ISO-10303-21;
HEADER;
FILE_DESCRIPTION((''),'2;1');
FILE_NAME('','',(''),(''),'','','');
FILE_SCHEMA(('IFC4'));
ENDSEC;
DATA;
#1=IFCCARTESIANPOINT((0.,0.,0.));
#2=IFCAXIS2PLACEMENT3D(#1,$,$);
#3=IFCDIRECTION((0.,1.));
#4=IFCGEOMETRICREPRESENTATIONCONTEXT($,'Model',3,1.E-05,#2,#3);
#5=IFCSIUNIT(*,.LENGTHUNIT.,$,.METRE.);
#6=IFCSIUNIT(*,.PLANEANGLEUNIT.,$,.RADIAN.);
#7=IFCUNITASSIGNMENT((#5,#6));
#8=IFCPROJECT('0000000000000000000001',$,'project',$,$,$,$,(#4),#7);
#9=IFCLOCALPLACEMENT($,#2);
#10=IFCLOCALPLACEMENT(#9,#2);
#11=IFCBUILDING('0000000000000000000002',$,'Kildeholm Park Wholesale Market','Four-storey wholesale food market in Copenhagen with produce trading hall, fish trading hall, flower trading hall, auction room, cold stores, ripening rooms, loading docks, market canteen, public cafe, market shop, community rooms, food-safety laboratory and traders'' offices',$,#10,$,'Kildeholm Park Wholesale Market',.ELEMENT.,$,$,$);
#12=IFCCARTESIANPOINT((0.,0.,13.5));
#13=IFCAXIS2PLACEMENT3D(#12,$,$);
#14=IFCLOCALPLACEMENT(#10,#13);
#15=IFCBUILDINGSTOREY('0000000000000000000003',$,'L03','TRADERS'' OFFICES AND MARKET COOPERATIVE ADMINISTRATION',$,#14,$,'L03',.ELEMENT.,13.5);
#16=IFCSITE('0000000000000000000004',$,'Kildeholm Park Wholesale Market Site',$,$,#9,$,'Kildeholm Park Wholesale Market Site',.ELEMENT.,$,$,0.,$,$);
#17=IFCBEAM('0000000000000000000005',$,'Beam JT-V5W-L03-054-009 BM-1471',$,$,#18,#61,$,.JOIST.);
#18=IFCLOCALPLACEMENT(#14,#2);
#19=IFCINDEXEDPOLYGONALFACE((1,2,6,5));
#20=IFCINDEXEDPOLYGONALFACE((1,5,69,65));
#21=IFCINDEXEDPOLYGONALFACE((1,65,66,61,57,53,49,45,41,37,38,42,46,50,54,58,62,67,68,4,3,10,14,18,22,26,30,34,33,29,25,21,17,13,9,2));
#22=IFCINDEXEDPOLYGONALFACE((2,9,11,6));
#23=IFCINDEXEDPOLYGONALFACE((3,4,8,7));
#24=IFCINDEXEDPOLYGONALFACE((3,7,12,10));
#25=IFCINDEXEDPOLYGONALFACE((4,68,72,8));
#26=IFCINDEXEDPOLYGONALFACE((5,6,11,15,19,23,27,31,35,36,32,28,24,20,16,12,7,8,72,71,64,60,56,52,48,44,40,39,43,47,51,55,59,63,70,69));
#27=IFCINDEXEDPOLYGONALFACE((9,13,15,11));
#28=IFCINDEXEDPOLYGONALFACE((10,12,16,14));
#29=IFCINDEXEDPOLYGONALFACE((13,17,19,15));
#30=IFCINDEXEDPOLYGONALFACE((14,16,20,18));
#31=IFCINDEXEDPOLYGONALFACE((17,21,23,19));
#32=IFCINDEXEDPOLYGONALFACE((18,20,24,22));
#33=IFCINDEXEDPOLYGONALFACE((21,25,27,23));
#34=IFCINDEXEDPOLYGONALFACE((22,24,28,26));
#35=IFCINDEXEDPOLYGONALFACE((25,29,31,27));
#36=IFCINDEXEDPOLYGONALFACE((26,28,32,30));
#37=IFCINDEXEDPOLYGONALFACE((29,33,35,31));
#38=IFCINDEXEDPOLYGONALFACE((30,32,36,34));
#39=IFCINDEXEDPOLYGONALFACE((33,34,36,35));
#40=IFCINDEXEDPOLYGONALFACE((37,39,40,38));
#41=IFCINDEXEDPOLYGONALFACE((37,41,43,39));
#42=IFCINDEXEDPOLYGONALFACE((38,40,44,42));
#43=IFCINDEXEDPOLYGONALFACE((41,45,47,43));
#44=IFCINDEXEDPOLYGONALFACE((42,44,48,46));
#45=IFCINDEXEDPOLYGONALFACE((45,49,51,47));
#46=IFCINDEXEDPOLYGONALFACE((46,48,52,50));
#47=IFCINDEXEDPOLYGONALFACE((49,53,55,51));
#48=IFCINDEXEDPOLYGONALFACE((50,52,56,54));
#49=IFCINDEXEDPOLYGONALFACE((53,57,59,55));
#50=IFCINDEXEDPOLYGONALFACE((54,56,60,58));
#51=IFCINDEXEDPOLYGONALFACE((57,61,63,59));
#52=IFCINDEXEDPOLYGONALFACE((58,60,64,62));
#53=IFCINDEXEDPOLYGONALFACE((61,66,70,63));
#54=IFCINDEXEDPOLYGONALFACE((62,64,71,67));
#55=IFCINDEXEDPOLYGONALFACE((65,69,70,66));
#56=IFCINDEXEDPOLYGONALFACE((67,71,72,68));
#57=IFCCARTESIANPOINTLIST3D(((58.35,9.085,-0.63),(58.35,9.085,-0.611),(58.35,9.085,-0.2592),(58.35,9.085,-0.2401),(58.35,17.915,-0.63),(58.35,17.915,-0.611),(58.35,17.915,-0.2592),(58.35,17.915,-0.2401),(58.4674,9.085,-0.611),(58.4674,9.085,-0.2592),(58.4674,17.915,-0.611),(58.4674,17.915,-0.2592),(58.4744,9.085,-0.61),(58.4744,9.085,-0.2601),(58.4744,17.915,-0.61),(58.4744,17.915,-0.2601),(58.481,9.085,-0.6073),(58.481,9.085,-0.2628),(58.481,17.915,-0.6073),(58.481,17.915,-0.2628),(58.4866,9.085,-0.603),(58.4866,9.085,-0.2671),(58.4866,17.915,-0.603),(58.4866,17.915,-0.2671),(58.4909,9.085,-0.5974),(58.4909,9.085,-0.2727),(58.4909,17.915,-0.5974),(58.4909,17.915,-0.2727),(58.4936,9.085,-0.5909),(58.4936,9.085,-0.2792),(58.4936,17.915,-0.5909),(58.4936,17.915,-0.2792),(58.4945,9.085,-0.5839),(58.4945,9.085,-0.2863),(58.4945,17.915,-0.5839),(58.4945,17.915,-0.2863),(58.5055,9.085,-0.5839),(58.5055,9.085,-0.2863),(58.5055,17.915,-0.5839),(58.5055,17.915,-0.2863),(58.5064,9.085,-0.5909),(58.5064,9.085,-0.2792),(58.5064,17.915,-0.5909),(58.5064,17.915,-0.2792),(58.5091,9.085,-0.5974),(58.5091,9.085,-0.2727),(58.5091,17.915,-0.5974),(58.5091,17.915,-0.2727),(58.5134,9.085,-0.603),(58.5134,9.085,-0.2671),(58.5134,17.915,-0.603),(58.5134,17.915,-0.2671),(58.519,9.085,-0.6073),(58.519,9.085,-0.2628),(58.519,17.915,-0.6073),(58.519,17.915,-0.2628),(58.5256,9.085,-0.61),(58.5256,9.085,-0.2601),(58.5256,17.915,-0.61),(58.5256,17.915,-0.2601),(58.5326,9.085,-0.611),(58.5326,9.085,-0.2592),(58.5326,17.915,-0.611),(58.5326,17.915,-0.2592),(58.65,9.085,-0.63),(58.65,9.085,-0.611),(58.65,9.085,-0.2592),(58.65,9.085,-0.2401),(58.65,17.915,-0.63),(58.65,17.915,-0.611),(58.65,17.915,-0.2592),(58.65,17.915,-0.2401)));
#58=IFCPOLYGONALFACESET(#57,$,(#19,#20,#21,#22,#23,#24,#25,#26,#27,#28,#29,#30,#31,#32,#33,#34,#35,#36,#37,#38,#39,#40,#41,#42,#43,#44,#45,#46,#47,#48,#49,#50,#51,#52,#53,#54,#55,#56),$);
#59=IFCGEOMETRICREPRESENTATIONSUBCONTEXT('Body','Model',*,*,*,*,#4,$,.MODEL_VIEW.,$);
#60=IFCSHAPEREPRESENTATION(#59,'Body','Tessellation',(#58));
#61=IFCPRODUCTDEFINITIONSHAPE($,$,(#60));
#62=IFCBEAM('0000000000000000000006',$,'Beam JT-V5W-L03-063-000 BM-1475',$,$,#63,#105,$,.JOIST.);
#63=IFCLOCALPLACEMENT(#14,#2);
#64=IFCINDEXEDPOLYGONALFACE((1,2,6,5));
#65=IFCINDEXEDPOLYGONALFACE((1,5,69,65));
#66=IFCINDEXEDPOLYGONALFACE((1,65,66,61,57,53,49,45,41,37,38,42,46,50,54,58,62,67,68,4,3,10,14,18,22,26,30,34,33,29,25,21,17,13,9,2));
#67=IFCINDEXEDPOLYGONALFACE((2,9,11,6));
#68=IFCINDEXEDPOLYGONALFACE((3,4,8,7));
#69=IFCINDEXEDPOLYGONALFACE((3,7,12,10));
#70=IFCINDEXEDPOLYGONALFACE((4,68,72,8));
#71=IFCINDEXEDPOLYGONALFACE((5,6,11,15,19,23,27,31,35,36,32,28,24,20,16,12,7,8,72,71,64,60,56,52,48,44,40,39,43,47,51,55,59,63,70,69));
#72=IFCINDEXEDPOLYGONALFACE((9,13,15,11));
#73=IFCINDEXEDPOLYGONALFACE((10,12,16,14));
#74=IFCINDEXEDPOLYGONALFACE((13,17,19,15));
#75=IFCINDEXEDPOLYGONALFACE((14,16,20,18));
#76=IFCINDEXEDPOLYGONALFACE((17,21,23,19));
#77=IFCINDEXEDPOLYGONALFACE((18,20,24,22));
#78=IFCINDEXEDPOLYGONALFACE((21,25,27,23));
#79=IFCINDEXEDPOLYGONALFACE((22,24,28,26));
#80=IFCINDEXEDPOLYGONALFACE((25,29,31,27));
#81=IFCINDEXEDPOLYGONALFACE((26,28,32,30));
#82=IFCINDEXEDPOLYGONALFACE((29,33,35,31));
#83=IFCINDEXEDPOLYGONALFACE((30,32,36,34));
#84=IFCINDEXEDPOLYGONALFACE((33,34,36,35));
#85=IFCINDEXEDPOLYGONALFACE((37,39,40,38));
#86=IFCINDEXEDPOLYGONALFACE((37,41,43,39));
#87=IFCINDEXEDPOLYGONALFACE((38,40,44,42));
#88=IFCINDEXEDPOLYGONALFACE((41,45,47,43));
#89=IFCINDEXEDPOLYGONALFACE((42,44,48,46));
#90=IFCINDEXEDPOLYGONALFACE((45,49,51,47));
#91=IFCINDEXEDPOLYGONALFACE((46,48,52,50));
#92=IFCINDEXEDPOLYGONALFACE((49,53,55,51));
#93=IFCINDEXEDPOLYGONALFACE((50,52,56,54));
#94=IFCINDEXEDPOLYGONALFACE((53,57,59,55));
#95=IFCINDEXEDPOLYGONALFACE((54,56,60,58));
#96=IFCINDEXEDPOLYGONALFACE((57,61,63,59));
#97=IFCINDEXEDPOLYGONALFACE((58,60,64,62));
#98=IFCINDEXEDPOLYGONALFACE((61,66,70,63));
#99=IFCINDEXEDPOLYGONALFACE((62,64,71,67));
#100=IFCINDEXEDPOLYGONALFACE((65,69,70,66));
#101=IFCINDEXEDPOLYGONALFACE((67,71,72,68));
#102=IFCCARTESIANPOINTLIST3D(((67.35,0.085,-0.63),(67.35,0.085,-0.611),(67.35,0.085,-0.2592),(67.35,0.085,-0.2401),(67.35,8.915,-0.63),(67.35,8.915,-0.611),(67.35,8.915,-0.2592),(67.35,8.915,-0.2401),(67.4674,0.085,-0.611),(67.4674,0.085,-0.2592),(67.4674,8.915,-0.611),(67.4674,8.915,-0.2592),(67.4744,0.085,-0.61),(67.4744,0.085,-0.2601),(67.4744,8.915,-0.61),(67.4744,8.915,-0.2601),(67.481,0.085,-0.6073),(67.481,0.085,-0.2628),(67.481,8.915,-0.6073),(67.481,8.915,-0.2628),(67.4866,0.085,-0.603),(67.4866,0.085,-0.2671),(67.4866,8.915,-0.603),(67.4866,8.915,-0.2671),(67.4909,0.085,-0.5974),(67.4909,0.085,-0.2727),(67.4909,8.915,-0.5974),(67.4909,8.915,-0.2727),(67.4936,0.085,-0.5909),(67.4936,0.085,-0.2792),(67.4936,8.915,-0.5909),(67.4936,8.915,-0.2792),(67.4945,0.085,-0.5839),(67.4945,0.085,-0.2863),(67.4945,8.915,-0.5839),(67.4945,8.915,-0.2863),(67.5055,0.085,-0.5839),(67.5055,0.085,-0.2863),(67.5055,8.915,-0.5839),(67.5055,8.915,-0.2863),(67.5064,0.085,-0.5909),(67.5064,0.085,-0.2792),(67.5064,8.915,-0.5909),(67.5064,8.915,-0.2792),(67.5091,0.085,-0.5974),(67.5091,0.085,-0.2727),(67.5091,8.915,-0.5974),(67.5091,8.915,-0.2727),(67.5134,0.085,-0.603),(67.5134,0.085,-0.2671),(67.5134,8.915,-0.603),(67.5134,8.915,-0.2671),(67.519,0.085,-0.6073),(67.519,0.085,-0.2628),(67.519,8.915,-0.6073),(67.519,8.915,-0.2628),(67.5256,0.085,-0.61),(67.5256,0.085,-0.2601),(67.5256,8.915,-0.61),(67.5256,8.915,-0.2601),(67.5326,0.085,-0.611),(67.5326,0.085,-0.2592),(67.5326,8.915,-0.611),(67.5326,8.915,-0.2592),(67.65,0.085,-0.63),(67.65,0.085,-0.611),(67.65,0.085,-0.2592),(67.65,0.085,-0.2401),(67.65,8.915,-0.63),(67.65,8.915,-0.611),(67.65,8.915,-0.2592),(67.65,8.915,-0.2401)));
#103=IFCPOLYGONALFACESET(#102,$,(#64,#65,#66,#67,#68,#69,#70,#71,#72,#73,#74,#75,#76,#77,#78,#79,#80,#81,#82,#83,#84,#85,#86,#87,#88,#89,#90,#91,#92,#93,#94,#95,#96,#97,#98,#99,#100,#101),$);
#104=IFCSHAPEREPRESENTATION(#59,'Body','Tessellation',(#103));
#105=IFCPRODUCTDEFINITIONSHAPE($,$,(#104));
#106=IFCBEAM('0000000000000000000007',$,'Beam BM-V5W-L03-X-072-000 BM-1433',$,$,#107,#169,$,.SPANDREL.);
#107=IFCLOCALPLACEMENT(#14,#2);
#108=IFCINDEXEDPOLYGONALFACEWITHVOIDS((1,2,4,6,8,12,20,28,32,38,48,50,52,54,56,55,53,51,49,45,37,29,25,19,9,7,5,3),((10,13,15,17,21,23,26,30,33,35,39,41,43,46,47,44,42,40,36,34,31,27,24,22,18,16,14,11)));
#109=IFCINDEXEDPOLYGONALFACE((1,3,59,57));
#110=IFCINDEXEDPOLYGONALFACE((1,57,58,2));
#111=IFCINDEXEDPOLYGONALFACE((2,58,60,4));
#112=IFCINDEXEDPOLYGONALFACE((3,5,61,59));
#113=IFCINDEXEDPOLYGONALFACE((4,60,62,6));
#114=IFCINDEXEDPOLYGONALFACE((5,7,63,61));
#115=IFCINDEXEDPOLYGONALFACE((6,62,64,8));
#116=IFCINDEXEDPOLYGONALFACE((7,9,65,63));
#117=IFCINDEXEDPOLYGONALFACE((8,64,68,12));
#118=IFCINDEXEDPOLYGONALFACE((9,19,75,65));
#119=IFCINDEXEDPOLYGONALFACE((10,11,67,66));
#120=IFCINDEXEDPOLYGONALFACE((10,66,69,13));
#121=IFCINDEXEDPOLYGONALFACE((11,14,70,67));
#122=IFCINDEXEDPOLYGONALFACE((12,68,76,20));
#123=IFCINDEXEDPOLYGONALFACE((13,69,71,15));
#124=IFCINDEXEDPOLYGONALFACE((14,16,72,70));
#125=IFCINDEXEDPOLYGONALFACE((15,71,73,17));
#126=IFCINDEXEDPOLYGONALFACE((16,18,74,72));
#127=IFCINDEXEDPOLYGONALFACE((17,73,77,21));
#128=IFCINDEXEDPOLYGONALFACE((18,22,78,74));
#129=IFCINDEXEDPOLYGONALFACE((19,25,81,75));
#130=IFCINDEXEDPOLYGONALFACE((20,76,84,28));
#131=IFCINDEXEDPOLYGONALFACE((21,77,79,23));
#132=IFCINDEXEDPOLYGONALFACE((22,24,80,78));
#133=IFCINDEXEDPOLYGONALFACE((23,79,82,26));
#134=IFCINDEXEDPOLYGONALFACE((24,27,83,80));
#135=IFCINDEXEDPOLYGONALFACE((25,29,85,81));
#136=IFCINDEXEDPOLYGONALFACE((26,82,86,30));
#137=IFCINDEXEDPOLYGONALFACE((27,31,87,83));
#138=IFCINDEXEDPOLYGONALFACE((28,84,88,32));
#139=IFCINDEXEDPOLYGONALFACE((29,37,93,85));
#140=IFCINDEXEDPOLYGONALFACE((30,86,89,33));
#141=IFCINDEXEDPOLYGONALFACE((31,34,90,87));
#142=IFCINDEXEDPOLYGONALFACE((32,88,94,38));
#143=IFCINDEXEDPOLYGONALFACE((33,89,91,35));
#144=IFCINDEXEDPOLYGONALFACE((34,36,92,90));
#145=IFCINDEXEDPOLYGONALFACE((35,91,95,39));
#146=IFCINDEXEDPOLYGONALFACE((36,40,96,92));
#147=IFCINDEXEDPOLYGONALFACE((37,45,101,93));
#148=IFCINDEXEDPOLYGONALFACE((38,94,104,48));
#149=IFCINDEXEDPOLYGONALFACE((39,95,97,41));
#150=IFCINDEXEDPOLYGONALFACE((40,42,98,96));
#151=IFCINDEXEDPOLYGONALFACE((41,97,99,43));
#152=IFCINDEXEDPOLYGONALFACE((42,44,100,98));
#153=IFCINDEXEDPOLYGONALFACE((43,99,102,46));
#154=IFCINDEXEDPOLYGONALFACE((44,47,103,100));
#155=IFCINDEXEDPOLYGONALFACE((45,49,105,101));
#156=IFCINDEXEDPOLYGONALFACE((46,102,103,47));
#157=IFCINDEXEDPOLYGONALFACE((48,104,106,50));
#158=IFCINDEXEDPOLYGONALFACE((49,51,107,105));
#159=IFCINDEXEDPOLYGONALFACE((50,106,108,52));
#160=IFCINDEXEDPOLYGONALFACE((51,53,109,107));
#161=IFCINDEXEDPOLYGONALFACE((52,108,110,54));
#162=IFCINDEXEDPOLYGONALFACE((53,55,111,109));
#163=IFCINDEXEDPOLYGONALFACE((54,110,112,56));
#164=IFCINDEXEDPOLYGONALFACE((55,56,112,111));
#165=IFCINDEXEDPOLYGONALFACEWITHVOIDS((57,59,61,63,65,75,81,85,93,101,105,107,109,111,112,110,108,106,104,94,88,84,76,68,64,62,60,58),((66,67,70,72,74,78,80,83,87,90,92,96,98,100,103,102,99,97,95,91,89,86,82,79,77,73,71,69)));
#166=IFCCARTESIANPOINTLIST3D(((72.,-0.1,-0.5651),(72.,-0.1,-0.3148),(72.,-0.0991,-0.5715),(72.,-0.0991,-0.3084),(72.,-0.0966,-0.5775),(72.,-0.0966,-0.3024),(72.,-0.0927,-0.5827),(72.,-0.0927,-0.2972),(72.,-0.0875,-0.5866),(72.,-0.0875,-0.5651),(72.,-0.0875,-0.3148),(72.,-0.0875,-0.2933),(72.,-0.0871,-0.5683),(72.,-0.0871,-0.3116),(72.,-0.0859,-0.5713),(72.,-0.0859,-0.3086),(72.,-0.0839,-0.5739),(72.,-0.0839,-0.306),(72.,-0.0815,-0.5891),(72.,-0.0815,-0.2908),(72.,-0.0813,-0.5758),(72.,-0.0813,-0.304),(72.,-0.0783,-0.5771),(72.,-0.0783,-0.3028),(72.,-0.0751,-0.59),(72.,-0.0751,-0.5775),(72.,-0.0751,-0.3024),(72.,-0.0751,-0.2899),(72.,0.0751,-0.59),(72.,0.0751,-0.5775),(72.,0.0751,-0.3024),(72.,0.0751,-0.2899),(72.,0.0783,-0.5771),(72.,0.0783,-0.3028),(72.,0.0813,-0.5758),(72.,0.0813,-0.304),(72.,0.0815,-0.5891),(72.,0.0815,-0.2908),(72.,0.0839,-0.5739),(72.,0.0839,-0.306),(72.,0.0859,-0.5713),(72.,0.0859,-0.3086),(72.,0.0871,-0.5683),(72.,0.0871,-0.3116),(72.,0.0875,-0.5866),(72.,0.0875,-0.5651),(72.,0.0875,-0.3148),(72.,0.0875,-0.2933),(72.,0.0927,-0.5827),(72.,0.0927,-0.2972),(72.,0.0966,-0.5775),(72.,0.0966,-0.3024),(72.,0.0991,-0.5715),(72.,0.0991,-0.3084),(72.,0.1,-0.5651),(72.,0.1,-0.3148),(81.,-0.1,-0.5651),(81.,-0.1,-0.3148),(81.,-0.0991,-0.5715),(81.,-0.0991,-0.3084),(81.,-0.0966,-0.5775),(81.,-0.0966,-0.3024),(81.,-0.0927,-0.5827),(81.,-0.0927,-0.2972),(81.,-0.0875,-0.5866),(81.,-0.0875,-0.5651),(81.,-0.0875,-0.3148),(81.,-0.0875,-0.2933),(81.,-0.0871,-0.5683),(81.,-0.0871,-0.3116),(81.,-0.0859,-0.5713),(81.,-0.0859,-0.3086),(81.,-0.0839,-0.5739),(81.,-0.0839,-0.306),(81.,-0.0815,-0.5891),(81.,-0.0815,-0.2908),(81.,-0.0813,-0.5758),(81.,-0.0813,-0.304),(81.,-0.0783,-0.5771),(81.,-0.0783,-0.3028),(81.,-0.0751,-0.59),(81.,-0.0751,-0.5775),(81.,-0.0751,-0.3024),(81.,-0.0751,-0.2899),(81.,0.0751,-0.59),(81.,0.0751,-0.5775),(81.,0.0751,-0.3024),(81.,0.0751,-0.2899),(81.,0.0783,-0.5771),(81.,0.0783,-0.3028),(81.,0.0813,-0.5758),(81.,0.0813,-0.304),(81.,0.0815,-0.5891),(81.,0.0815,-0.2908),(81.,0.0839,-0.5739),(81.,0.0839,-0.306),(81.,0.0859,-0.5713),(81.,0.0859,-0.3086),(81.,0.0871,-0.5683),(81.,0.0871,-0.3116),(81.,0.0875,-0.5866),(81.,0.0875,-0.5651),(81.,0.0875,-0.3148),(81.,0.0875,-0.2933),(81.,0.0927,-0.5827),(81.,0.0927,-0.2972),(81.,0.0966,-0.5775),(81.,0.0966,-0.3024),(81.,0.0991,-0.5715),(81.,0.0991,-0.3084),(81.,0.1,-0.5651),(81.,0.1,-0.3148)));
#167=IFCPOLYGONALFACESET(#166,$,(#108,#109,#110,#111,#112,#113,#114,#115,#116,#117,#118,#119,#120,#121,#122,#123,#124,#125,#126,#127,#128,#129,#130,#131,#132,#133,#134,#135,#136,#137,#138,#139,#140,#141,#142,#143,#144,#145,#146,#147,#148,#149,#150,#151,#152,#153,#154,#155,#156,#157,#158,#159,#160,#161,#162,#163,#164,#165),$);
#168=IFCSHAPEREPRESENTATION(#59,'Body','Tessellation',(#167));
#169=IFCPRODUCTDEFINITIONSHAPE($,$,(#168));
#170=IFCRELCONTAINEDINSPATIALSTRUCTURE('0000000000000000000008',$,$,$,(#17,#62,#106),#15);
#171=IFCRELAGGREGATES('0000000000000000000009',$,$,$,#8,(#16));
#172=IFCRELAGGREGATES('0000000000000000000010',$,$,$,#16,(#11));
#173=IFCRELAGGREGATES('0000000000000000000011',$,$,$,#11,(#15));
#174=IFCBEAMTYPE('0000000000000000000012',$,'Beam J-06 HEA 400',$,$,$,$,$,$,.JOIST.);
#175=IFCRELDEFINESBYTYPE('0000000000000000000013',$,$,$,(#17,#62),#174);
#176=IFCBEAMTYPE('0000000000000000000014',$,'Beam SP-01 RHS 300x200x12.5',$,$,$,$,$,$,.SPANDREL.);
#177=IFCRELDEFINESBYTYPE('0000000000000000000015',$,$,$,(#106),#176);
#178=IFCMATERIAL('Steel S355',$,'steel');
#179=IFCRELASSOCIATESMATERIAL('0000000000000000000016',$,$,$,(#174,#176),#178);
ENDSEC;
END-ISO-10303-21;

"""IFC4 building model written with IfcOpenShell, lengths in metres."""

from ifc_helpers import new_model, si_unit, direction, frame, origin, origin_2d, place, context, subcontext, project, spatial, hollow_rectangle, i_section, extrude, material, material_profile, profile_set, type_object, element, save


model = new_model("IFC4")

# Units and contexts
model_context = context("Model", 3, precision=1e-05, world=origin(), true_north=direction((0.0, 1.0)))
body_context = subcontext(model_context, "Body", "Model", "MODEL_VIEW")
ifc_project = project(units=[si_unit("LENGTHUNIT", "METRE"), si_unit("PLANEANGLEUNIT", "RADIAN")], contexts=[model_context])

# Site, building, storey
site_placement = place(None, origin())
site = spatial("IfcSite", under=ifc_project, at=site_placement, Name="Kildeholm Park Wholesale Market Site", LongName="Kildeholm Park Wholesale Market Site", CompositionType="ELEMENT", RefElevation=0.0)
building_placement = place(site_placement, origin())
building = spatial("IfcBuilding", under=site, at=building_placement, Name="Kildeholm Park Wholesale Market", Description="Four-storey wholesale food market in Copenhagen with produce trading hall, fish trading hall, flower trading hall, auction room, cold stores, ripening rooms, loading docks, market canteen, public cafe, market shop, community rooms, food-safety laboratory and traders' offices", LongName="Kildeholm Park Wholesale Market", CompositionType="ELEMENT")
storey_placement = place(building_placement, frame((0.0, 0.0, 13.5)))
storey = spatial("IfcBuildingStorey", under=building, at=storey_placement, Name="L03", Description="TRADERS' OFFICES AND MARKET COOPERATIVE ADMINISTRATION", LongName="L03", CompositionType="ELEMENT", Elevation=13.5)

# Shared definitions
ifc_material_1 = material(Name="Steel S355", Category="steel")

# Beams
ifc_material_profile_1 = material_profile(ifc_material_1, i_section(OverallWidth=0.3, OverallDepth=0.3899, WebThickness=0.011, FlangeThickness=0.019, FilletRadius=0.0271, at=origin_2d()), Name="HEA 400")
ifc_profile_set_1 = profile_set([ifc_material_profile_1], Name="Steel S355")
beam_type_1 = type_object("IfcBeamType", Name="Beam J-06 HEA 400", PredefinedType="JOIST", material=ifc_profile_set_1)
for number, where, z_axis, x_axis, name in (
    (1, (58.5, 9.085, -0.4351), (0.0, 1.0, 0.0), (-1.0, 0.0, 0.0), "Beam JT-V5W-L03-054-009 BM-1471"),
    (2, (67.5, 0.085, -0.4351), (0.0, 1.0, 0.0), (-1.0, 0.0, 0.0), "Beam JT-V5W-L03-063-000 BM-1475"),
):
    element("IfcBeam", number, at=place(storey_placement, frame(where, z_axis=z_axis, x_axis=x_axis)), inside=storey, type_object=beam_type_1, Name=name, PredefinedType="JOIST", context=body_context, shape_type="SweptSolid", body=[
        extrude(i_section(OverallWidth=0.3, OverallDepth=0.3899, WebThickness=0.011, FlangeThickness=0.019, FilletRadius=0.0271, at=origin_2d()), origin(), (0.0, 0.0, 1.0), 8.8301),
    ])
ifc_material_profile_2 = material_profile(ifc_material_1, hollow_rectangle(XDim=0.2, YDim=0.3, WallThickness=0.0125, InnerFilletRadius=0.0125, OuterFilletRadius=0.0249, at=origin_2d()), Name="RHS 300x200x12.5")
ifc_profile_set_2 = profile_set([ifc_material_profile_2], Name="Steel S355")
beam_type_2 = type_object("IfcBeamType", Name="Beam SP-01 RHS 300x200x12.5", PredefinedType="SPANDREL", material=ifc_profile_set_2)
for number, where, z_axis, x_axis, name in (
    (3, (72.0, 0.0, -0.4399), (1.0, 0.0, 0.0), (0.0, 1.0, 0.0), "Beam BM-V5W-L03-X-072-000 BM-1433"),
):
    element("IfcBeam", number, at=place(storey_placement, frame(where, z_axis=z_axis, x_axis=x_axis)), inside=storey, type_object=beam_type_2, Name=name, PredefinedType="SPANDREL", context=body_context, shape_type="SweptSolid", body=[
        extrude(hollow_rectangle(XDim=0.2, YDim=0.3, WallThickness=0.0125, InnerFilletRadius=0.0125, OuterFilletRadius=0.0249, at=origin_2d()), origin(), (0.0, 0.0, 1.0), 9.0),
    ])

save(model, "model.ifc")
